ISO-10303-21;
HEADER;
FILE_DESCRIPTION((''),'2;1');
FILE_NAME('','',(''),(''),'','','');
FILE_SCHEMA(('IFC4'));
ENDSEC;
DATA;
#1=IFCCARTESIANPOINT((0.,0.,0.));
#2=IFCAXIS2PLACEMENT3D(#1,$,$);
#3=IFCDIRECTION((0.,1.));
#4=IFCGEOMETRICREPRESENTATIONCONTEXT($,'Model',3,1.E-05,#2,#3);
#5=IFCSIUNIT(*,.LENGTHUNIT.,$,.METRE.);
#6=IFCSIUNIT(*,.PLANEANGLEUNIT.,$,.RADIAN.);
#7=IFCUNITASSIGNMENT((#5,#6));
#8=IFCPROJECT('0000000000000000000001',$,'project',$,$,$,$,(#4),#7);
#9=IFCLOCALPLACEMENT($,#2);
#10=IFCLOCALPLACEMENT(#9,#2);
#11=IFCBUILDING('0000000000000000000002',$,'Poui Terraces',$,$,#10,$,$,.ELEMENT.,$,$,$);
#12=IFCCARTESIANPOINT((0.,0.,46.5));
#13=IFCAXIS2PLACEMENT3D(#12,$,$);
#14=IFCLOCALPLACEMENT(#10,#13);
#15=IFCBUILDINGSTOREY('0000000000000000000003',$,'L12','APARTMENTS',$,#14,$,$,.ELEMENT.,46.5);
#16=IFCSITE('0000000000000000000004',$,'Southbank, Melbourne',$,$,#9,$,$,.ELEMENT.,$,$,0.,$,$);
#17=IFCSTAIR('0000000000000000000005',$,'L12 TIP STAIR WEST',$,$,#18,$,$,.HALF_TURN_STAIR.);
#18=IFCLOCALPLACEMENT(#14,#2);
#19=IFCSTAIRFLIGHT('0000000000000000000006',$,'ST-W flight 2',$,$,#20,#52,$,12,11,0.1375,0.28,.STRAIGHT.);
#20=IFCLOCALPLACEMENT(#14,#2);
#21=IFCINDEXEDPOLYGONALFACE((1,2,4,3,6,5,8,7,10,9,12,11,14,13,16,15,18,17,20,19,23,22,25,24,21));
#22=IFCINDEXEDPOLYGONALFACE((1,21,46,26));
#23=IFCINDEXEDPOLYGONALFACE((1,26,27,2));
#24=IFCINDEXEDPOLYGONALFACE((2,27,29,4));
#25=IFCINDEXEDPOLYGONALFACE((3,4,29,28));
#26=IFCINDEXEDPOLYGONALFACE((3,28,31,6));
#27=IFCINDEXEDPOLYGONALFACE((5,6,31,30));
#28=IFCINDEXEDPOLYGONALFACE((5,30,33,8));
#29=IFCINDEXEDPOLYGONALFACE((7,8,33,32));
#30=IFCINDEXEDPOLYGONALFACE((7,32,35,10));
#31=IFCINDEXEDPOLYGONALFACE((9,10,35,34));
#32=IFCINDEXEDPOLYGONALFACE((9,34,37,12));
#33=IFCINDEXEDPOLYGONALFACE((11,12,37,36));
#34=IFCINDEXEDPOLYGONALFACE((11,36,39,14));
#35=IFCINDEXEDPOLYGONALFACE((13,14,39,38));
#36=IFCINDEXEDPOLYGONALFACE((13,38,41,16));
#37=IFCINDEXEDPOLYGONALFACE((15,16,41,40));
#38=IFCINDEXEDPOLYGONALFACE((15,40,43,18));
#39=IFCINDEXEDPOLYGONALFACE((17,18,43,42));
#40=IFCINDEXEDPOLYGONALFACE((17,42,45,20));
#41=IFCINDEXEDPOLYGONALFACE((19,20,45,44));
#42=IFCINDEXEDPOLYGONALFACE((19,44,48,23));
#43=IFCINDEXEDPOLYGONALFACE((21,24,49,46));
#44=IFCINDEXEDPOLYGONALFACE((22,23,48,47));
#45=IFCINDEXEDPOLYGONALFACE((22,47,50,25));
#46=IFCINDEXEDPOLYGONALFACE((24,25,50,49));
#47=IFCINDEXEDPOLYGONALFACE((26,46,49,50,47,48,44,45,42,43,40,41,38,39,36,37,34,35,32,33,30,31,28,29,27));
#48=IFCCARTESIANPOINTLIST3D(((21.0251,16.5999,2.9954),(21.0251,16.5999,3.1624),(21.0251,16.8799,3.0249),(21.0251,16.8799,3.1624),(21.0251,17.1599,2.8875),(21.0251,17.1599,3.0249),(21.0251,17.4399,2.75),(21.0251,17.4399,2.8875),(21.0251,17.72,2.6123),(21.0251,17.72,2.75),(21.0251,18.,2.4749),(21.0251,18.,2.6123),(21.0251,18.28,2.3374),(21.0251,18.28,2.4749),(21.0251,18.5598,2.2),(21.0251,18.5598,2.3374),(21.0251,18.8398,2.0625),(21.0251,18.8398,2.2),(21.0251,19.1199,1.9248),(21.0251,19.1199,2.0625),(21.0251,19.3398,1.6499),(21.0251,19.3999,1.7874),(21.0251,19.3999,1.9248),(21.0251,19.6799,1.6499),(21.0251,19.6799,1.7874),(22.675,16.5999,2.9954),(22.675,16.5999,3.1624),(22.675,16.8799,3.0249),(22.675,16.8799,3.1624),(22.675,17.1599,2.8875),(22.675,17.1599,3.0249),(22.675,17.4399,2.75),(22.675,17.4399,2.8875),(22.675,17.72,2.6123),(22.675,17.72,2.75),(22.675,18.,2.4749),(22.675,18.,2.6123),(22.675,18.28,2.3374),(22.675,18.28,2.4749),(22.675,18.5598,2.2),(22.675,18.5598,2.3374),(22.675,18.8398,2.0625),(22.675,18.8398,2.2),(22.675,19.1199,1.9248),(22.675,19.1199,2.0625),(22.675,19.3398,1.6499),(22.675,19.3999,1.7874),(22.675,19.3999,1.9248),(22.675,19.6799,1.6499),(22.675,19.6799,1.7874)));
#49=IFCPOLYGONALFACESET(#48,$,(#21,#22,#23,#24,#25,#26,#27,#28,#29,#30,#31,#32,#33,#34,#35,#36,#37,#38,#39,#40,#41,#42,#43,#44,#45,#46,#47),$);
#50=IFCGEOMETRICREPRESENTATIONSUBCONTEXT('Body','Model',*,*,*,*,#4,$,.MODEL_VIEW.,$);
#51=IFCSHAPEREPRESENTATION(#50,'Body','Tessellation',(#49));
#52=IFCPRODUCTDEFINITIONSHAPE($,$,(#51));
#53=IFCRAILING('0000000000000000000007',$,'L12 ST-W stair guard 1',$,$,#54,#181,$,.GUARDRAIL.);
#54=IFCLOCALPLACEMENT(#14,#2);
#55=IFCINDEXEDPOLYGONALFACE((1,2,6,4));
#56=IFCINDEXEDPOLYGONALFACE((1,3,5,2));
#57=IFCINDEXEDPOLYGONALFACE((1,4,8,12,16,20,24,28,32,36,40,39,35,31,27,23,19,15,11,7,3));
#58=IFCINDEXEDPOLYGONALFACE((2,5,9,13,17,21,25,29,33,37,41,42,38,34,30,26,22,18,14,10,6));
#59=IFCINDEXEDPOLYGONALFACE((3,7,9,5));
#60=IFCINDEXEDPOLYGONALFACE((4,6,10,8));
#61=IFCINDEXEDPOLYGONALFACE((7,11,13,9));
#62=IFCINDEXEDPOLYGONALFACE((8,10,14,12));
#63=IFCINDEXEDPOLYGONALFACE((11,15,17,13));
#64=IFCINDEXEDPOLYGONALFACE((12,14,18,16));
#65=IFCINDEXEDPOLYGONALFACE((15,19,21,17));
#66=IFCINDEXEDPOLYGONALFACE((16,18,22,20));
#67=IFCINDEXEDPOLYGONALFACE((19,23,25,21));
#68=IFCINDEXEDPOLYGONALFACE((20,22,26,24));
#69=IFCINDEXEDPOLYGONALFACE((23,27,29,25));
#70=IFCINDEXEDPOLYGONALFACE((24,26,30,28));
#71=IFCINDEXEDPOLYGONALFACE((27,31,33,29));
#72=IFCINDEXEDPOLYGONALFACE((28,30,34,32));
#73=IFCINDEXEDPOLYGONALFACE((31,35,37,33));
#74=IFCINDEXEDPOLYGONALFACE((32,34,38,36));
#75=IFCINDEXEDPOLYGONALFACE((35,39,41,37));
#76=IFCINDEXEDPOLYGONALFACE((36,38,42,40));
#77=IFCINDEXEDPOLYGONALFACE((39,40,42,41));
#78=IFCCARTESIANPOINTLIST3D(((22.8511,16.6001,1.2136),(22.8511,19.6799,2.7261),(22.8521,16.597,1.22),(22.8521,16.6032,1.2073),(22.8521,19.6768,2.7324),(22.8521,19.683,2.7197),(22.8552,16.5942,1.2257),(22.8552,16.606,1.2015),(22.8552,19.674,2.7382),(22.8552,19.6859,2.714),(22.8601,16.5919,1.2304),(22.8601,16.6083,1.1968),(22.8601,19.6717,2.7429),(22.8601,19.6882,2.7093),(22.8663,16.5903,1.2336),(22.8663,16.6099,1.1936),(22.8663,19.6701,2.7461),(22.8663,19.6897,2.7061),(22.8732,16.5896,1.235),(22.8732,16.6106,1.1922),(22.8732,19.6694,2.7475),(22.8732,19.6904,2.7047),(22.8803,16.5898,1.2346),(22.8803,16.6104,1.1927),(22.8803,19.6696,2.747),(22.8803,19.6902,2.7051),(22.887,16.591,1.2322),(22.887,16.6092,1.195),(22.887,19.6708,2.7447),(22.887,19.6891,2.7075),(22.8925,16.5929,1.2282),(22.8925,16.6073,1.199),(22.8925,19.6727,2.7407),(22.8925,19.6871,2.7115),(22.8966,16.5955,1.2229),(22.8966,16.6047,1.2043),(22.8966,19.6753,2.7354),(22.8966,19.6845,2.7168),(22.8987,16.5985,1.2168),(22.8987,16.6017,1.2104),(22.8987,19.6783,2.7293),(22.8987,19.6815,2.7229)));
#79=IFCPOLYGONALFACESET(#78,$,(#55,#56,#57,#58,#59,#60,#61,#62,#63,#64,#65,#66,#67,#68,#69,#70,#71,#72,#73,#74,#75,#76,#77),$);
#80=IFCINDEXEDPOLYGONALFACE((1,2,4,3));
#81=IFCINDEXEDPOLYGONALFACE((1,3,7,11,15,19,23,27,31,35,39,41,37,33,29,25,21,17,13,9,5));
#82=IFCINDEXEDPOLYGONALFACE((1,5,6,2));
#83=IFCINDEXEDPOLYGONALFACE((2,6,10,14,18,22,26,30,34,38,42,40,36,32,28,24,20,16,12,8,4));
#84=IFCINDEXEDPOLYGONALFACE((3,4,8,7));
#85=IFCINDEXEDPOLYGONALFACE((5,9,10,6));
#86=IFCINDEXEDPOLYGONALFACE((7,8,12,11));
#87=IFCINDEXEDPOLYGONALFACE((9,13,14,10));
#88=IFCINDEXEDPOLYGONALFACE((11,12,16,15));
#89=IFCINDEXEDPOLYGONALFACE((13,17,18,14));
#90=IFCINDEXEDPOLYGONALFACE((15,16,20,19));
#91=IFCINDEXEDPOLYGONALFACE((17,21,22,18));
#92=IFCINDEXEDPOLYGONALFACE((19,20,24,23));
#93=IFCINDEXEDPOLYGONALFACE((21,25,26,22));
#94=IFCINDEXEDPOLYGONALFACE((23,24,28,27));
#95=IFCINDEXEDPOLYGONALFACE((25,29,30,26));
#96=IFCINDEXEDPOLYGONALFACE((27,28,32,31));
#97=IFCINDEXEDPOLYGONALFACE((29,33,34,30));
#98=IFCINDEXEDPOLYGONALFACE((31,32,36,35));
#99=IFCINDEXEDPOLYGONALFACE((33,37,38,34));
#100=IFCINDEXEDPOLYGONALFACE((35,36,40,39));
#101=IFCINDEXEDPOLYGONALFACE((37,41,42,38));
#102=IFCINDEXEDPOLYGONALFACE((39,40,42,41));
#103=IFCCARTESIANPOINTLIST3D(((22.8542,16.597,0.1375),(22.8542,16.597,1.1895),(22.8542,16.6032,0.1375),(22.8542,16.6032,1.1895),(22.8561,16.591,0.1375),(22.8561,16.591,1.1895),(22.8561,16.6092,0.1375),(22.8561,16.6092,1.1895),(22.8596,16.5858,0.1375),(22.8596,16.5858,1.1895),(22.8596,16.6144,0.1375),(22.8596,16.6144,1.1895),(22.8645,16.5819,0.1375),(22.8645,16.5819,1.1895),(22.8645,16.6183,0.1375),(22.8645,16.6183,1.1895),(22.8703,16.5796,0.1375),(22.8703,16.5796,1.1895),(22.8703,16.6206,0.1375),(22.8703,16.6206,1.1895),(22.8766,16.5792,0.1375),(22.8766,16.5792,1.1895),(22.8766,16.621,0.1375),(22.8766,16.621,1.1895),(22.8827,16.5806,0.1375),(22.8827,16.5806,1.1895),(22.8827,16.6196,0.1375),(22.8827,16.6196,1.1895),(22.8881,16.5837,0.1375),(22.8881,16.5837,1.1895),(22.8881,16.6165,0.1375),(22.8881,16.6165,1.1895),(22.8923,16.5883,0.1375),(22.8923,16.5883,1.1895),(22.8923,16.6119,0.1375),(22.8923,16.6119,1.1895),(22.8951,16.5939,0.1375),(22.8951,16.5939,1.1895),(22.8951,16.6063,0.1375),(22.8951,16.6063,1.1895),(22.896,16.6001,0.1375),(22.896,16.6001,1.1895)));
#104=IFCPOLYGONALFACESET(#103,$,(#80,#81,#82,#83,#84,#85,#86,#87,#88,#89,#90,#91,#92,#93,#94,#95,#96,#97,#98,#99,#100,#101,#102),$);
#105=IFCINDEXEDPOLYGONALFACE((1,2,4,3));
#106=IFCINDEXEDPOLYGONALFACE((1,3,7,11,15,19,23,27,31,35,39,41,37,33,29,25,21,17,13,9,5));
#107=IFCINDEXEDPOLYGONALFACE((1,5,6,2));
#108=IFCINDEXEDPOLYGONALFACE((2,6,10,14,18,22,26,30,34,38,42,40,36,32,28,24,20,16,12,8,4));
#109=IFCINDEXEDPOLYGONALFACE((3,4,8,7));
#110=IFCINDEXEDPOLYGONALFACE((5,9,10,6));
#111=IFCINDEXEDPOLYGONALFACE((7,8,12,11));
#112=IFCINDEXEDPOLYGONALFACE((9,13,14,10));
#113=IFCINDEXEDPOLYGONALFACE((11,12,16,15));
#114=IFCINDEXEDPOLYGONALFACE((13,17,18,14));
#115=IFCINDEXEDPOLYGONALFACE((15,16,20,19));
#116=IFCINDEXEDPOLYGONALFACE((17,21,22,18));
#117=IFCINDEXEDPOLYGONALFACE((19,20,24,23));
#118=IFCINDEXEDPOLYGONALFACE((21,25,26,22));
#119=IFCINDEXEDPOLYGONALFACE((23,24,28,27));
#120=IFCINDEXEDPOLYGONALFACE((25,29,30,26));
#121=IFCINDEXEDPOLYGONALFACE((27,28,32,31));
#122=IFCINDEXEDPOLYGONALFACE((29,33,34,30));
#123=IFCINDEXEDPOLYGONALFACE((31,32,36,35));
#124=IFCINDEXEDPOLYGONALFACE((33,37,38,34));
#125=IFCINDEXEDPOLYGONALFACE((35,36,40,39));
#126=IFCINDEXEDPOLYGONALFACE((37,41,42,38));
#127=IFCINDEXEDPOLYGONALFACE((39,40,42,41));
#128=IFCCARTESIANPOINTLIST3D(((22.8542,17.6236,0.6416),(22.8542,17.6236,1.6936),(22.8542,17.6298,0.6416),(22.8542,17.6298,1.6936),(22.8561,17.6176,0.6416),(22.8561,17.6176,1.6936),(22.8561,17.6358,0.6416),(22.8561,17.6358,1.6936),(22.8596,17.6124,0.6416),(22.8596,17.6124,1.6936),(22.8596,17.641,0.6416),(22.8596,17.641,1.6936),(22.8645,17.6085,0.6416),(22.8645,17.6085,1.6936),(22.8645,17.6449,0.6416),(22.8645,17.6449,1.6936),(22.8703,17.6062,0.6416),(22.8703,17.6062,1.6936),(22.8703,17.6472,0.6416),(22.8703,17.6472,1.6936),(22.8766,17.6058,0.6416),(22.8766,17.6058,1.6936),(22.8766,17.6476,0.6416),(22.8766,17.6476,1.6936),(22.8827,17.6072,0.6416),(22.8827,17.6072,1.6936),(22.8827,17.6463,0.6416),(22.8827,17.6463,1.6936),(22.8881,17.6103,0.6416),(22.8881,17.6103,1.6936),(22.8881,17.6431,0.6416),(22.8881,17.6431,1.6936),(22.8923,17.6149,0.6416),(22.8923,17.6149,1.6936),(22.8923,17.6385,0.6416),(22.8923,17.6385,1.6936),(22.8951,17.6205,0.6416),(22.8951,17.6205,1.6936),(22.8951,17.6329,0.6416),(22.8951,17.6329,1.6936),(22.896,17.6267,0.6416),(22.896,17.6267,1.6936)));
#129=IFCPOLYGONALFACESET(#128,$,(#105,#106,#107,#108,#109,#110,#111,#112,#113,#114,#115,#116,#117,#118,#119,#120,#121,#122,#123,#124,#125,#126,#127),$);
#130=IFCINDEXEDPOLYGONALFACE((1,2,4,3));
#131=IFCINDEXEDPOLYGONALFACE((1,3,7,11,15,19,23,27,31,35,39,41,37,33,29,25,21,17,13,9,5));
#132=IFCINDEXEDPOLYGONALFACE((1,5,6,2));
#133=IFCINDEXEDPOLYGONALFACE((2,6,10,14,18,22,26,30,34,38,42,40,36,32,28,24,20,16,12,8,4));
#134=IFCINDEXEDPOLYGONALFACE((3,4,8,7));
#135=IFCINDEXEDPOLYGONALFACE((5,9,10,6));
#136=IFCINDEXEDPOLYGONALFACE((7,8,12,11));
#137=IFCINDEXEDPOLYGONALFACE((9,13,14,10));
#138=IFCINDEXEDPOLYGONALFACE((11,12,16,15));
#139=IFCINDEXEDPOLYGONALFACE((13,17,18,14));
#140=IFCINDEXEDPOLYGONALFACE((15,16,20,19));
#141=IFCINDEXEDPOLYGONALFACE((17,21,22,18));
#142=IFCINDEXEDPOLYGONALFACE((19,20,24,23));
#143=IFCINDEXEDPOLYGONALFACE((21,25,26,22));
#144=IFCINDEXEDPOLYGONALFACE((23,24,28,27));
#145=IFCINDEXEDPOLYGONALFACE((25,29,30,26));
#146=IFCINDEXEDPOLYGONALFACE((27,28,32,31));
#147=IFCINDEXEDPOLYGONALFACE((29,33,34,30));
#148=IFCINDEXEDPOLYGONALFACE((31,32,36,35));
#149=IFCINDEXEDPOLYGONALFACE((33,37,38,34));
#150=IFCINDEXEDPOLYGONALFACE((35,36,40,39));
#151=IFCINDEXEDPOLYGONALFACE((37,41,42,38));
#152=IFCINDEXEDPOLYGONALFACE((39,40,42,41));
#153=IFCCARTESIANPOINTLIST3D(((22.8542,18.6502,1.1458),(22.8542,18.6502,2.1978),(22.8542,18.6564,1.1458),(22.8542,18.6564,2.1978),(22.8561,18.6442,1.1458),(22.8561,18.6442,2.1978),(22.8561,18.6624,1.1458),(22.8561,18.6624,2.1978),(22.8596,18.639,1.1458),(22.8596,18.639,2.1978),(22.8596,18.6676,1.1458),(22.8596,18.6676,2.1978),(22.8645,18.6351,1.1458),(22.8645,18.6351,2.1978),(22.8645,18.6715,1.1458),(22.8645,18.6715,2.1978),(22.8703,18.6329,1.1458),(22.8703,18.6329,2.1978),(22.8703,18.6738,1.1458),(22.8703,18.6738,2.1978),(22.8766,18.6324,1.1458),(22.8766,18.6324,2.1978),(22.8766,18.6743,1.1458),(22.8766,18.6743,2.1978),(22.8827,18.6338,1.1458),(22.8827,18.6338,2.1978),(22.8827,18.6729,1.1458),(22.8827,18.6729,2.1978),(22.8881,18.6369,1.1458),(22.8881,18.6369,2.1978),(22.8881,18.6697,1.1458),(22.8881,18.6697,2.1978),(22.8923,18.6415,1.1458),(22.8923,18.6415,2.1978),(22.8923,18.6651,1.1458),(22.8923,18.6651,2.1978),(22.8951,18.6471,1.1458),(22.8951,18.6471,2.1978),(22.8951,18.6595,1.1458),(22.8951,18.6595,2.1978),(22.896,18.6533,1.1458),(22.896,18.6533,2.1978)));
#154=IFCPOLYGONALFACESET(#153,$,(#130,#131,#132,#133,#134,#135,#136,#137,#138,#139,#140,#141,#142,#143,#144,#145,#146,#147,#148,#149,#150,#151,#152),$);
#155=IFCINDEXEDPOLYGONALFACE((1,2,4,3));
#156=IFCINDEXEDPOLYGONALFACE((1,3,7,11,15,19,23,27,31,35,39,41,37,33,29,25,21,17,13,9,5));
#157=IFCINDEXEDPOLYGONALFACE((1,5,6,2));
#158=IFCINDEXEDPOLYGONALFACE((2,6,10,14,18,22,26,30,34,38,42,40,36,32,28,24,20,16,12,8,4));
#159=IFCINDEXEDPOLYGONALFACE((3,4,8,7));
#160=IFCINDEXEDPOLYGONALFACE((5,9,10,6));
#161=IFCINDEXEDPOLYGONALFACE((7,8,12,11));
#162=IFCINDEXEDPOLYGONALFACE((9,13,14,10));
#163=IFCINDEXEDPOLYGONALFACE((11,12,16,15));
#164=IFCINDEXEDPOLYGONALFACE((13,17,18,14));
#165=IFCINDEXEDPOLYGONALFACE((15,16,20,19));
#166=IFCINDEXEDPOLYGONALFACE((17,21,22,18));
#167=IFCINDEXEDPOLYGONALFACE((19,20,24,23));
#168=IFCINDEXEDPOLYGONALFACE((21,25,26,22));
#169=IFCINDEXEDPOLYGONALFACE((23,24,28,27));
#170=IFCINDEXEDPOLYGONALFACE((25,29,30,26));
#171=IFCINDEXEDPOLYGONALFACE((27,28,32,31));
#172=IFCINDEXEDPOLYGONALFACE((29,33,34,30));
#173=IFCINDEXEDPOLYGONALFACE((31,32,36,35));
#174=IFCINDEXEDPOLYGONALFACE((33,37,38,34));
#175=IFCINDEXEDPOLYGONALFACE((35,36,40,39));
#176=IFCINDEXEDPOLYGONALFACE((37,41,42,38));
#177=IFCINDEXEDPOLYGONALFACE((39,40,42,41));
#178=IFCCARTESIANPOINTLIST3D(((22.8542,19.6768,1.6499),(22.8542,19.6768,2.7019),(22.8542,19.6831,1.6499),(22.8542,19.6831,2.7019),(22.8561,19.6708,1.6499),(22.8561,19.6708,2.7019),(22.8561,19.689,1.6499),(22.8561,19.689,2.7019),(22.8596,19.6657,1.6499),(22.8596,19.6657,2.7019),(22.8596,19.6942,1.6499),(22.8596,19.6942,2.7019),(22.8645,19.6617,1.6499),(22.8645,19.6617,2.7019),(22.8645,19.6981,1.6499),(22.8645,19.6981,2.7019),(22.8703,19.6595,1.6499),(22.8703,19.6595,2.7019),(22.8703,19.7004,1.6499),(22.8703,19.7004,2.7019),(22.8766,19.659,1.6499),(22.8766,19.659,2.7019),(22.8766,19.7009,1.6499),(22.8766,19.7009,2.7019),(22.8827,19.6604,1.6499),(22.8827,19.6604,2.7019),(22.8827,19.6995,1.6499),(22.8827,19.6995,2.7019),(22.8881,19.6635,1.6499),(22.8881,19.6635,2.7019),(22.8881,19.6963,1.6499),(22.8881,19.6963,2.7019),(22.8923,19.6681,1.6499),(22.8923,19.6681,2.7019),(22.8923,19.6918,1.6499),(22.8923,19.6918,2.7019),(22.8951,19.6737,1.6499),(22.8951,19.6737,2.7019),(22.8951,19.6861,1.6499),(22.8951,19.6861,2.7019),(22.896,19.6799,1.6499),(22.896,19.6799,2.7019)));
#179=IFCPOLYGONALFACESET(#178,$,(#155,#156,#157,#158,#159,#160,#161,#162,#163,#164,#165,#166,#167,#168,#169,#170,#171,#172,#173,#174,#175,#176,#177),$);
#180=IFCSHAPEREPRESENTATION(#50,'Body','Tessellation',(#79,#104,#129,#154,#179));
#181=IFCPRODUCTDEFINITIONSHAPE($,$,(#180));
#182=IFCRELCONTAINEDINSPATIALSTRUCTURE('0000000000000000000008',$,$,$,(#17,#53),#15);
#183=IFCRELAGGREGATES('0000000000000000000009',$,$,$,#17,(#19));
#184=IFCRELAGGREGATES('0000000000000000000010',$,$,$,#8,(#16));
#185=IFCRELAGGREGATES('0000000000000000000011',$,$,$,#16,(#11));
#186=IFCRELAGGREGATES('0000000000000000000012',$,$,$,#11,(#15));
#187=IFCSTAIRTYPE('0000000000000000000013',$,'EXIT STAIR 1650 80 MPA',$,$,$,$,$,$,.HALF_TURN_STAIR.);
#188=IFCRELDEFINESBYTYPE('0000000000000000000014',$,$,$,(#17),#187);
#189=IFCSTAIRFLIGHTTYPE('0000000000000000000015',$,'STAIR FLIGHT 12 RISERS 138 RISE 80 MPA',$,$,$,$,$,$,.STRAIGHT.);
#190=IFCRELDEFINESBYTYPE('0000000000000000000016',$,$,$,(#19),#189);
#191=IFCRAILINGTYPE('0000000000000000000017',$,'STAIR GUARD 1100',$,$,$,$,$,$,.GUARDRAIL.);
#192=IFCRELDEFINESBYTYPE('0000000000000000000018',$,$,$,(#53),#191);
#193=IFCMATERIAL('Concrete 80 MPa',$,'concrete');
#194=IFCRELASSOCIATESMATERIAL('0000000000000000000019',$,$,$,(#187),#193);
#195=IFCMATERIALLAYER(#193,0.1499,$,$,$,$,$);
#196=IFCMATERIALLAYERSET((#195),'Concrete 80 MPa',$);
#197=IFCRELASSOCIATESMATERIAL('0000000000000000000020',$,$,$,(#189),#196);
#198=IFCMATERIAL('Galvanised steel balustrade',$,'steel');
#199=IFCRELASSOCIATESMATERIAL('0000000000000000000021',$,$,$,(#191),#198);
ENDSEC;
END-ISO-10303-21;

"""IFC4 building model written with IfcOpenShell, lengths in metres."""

from ifc_helpers import new_model, si_unit, direction, frame, origin, origin_2d, place, context, subcontext, project, spatial, polyline, circle, outline, extrude, material, layer, layer_set, type_object, element, aggregate, save


model = new_model("IFC4")

# Units and contexts
model_context = context("Model", 3, precision=1e-05, world=origin(), true_north=direction((0.0, 1.0)))
body_context = subcontext(model_context, "Body", "Model", "MODEL_VIEW")
ifc_project = project(units=[si_unit("LENGTHUNIT", "METRE"), si_unit("PLANEANGLEUNIT", "RADIAN")], contexts=[model_context])

# Site, building, storey
site_placement = place(None, origin())
site = spatial("IfcSite", under=ifc_project, at=site_placement, Name="Southbank, Melbourne", CompositionType="ELEMENT", RefElevation=0.0)
building_placement = place(site_placement, origin())
building = spatial("IfcBuilding", under=site, at=building_placement, Name="Poui Terraces", CompositionType="ELEMENT")
storey_placement = place(building_placement, frame((0.0, 0.0, 46.5)))
storey = spatial("IfcBuildingStorey", under=building, at=storey_placement, Name="L12", Description="APARTMENTS", CompositionType="ELEMENT", Elevation=46.5)

# Shared definitions
ifc_material_1 = material(Name="Concrete 80 MPa", Category="concrete")

# Stair, stair flight
stair_type = type_object("IfcStairType", Name="EXIT STAIR 1650 80 MPA", PredefinedType="HALF_TURN_STAIR", material=ifc_material_1)
stair_placement = place(storey_placement, origin())
stair = element("IfcStair", 1, at=stair_placement, inside=storey, type_object=stair_type, Name="L12 TIP STAIR WEST", PredefinedType="HALF_TURN_STAIR")
ifc_layer_1 = layer(ifc_material_1, 0.1499)
ifc_layer_set_1 = layer_set([ifc_layer_1], Name="Concrete 80 MPa")
stair_flight_type = type_object("IfcStairFlightType", Name="STAIR FLIGHT 12 RISERS 138 RISE 80 MPA", PredefinedType="STRAIGHT", material=ifc_layer_set_1)
stair_flight_1_placement = place(storey_placement, frame((21.8501, 19.6799, 1.6499), z_axis=(0.0, 0.0, 1.0), x_axis=(0.0, -1.0, 0.0)))
stair_flight_1 = element("IfcStairFlight", 2, at=stair_flight_1_placement, type_object=stair_flight_type, Name="ST-W flight 2", NumberOfRisers=12, NumberOfTreads=11, PredefinedType="STRAIGHT", RiserHeight=0.1375, TreadLength=0.28, context=body_context, shape_type="SweptSolid", body=[
    extrude(outline(polyline([(0.0, 0.0), (0.0, 0.1375), (0.28, 0.1375), (0.28, 0.2749), (0.5601, 0.2749), (0.5601, 0.4126), (0.8401, 0.4126), (0.8401, 0.55), (1.1201, 0.55), (1.1201, 0.6875), (1.3999, 0.6875), (1.3999, 0.825), (1.6799, 0.825), (1.6799, 0.9624), (1.96, 0.9624), (1.96, 1.1001), (2.24, 1.1001), (2.24, 1.2375), (2.52, 1.2375), (2.52, 1.375), (2.8, 1.375), (2.8, 1.5125), (3.0801, 1.5125), (3.0801, 1.6499), (3.0801, 1.3455), (0.3401, 0.0), (0.0, 0.0)])), frame((0.0, 0.825, 0.0), z_axis=(0.0, -1.0, 0.0), x_axis=(1.0, 0.0, 0.0)), (0.0, 0.0, 1.0), 1.6499),
])
aggregate(stair, [stair_flight_1])

# Railing
ifc_material_2 = material(Name="Galvanised steel balustrade", Category="steel")
railing_type_1 = type_object("IfcRailingType", Name="STAIR GUARD 1100", PredefinedType="GUARDRAIL", material=ifc_material_2)
railing_1_placement = place(storey_placement, frame((22.875, 16.6001, 0.1375)))
element("IfcRailing", 3, at=railing_1_placement, inside=storey, type_object=railing_type_1, Name="L12 ST-W stair guard 1", PredefinedType="GUARDRAIL", context=body_context, shape_type="SweptSolid", body=[
    extrude(circle(Radius=0.0239, at=origin_2d()), frame((0.0, 0.0, 1.0762), z_axis=(0.0, 0.897606, 0.440798), x_axis=(-1.0, 0.0, 0.0)), (0.0, 0.0, 1.0), 3.4312),
    extrude(circle(Radius=0.021, at=origin_2d()), origin(), (0.0, 0.0, 1.0), 1.052),
    extrude(circle(Radius=0.021, at=origin_2d()), frame((0.0, 1.0266, 0.5042)), (0.0, 0.0, 1.0), 1.052),
    extrude(circle(Radius=0.021, at=origin_2d()), frame((0.0, 2.0532, 1.0083)), (0.0, 0.0, 1.0), 1.052),
    extrude(circle(Radius=0.021, at=origin_2d()), frame((0.0, 3.0798, 1.5125)), (0.0, 0.0, 1.0), 1.052),
])

save(model, "model.ifc")
